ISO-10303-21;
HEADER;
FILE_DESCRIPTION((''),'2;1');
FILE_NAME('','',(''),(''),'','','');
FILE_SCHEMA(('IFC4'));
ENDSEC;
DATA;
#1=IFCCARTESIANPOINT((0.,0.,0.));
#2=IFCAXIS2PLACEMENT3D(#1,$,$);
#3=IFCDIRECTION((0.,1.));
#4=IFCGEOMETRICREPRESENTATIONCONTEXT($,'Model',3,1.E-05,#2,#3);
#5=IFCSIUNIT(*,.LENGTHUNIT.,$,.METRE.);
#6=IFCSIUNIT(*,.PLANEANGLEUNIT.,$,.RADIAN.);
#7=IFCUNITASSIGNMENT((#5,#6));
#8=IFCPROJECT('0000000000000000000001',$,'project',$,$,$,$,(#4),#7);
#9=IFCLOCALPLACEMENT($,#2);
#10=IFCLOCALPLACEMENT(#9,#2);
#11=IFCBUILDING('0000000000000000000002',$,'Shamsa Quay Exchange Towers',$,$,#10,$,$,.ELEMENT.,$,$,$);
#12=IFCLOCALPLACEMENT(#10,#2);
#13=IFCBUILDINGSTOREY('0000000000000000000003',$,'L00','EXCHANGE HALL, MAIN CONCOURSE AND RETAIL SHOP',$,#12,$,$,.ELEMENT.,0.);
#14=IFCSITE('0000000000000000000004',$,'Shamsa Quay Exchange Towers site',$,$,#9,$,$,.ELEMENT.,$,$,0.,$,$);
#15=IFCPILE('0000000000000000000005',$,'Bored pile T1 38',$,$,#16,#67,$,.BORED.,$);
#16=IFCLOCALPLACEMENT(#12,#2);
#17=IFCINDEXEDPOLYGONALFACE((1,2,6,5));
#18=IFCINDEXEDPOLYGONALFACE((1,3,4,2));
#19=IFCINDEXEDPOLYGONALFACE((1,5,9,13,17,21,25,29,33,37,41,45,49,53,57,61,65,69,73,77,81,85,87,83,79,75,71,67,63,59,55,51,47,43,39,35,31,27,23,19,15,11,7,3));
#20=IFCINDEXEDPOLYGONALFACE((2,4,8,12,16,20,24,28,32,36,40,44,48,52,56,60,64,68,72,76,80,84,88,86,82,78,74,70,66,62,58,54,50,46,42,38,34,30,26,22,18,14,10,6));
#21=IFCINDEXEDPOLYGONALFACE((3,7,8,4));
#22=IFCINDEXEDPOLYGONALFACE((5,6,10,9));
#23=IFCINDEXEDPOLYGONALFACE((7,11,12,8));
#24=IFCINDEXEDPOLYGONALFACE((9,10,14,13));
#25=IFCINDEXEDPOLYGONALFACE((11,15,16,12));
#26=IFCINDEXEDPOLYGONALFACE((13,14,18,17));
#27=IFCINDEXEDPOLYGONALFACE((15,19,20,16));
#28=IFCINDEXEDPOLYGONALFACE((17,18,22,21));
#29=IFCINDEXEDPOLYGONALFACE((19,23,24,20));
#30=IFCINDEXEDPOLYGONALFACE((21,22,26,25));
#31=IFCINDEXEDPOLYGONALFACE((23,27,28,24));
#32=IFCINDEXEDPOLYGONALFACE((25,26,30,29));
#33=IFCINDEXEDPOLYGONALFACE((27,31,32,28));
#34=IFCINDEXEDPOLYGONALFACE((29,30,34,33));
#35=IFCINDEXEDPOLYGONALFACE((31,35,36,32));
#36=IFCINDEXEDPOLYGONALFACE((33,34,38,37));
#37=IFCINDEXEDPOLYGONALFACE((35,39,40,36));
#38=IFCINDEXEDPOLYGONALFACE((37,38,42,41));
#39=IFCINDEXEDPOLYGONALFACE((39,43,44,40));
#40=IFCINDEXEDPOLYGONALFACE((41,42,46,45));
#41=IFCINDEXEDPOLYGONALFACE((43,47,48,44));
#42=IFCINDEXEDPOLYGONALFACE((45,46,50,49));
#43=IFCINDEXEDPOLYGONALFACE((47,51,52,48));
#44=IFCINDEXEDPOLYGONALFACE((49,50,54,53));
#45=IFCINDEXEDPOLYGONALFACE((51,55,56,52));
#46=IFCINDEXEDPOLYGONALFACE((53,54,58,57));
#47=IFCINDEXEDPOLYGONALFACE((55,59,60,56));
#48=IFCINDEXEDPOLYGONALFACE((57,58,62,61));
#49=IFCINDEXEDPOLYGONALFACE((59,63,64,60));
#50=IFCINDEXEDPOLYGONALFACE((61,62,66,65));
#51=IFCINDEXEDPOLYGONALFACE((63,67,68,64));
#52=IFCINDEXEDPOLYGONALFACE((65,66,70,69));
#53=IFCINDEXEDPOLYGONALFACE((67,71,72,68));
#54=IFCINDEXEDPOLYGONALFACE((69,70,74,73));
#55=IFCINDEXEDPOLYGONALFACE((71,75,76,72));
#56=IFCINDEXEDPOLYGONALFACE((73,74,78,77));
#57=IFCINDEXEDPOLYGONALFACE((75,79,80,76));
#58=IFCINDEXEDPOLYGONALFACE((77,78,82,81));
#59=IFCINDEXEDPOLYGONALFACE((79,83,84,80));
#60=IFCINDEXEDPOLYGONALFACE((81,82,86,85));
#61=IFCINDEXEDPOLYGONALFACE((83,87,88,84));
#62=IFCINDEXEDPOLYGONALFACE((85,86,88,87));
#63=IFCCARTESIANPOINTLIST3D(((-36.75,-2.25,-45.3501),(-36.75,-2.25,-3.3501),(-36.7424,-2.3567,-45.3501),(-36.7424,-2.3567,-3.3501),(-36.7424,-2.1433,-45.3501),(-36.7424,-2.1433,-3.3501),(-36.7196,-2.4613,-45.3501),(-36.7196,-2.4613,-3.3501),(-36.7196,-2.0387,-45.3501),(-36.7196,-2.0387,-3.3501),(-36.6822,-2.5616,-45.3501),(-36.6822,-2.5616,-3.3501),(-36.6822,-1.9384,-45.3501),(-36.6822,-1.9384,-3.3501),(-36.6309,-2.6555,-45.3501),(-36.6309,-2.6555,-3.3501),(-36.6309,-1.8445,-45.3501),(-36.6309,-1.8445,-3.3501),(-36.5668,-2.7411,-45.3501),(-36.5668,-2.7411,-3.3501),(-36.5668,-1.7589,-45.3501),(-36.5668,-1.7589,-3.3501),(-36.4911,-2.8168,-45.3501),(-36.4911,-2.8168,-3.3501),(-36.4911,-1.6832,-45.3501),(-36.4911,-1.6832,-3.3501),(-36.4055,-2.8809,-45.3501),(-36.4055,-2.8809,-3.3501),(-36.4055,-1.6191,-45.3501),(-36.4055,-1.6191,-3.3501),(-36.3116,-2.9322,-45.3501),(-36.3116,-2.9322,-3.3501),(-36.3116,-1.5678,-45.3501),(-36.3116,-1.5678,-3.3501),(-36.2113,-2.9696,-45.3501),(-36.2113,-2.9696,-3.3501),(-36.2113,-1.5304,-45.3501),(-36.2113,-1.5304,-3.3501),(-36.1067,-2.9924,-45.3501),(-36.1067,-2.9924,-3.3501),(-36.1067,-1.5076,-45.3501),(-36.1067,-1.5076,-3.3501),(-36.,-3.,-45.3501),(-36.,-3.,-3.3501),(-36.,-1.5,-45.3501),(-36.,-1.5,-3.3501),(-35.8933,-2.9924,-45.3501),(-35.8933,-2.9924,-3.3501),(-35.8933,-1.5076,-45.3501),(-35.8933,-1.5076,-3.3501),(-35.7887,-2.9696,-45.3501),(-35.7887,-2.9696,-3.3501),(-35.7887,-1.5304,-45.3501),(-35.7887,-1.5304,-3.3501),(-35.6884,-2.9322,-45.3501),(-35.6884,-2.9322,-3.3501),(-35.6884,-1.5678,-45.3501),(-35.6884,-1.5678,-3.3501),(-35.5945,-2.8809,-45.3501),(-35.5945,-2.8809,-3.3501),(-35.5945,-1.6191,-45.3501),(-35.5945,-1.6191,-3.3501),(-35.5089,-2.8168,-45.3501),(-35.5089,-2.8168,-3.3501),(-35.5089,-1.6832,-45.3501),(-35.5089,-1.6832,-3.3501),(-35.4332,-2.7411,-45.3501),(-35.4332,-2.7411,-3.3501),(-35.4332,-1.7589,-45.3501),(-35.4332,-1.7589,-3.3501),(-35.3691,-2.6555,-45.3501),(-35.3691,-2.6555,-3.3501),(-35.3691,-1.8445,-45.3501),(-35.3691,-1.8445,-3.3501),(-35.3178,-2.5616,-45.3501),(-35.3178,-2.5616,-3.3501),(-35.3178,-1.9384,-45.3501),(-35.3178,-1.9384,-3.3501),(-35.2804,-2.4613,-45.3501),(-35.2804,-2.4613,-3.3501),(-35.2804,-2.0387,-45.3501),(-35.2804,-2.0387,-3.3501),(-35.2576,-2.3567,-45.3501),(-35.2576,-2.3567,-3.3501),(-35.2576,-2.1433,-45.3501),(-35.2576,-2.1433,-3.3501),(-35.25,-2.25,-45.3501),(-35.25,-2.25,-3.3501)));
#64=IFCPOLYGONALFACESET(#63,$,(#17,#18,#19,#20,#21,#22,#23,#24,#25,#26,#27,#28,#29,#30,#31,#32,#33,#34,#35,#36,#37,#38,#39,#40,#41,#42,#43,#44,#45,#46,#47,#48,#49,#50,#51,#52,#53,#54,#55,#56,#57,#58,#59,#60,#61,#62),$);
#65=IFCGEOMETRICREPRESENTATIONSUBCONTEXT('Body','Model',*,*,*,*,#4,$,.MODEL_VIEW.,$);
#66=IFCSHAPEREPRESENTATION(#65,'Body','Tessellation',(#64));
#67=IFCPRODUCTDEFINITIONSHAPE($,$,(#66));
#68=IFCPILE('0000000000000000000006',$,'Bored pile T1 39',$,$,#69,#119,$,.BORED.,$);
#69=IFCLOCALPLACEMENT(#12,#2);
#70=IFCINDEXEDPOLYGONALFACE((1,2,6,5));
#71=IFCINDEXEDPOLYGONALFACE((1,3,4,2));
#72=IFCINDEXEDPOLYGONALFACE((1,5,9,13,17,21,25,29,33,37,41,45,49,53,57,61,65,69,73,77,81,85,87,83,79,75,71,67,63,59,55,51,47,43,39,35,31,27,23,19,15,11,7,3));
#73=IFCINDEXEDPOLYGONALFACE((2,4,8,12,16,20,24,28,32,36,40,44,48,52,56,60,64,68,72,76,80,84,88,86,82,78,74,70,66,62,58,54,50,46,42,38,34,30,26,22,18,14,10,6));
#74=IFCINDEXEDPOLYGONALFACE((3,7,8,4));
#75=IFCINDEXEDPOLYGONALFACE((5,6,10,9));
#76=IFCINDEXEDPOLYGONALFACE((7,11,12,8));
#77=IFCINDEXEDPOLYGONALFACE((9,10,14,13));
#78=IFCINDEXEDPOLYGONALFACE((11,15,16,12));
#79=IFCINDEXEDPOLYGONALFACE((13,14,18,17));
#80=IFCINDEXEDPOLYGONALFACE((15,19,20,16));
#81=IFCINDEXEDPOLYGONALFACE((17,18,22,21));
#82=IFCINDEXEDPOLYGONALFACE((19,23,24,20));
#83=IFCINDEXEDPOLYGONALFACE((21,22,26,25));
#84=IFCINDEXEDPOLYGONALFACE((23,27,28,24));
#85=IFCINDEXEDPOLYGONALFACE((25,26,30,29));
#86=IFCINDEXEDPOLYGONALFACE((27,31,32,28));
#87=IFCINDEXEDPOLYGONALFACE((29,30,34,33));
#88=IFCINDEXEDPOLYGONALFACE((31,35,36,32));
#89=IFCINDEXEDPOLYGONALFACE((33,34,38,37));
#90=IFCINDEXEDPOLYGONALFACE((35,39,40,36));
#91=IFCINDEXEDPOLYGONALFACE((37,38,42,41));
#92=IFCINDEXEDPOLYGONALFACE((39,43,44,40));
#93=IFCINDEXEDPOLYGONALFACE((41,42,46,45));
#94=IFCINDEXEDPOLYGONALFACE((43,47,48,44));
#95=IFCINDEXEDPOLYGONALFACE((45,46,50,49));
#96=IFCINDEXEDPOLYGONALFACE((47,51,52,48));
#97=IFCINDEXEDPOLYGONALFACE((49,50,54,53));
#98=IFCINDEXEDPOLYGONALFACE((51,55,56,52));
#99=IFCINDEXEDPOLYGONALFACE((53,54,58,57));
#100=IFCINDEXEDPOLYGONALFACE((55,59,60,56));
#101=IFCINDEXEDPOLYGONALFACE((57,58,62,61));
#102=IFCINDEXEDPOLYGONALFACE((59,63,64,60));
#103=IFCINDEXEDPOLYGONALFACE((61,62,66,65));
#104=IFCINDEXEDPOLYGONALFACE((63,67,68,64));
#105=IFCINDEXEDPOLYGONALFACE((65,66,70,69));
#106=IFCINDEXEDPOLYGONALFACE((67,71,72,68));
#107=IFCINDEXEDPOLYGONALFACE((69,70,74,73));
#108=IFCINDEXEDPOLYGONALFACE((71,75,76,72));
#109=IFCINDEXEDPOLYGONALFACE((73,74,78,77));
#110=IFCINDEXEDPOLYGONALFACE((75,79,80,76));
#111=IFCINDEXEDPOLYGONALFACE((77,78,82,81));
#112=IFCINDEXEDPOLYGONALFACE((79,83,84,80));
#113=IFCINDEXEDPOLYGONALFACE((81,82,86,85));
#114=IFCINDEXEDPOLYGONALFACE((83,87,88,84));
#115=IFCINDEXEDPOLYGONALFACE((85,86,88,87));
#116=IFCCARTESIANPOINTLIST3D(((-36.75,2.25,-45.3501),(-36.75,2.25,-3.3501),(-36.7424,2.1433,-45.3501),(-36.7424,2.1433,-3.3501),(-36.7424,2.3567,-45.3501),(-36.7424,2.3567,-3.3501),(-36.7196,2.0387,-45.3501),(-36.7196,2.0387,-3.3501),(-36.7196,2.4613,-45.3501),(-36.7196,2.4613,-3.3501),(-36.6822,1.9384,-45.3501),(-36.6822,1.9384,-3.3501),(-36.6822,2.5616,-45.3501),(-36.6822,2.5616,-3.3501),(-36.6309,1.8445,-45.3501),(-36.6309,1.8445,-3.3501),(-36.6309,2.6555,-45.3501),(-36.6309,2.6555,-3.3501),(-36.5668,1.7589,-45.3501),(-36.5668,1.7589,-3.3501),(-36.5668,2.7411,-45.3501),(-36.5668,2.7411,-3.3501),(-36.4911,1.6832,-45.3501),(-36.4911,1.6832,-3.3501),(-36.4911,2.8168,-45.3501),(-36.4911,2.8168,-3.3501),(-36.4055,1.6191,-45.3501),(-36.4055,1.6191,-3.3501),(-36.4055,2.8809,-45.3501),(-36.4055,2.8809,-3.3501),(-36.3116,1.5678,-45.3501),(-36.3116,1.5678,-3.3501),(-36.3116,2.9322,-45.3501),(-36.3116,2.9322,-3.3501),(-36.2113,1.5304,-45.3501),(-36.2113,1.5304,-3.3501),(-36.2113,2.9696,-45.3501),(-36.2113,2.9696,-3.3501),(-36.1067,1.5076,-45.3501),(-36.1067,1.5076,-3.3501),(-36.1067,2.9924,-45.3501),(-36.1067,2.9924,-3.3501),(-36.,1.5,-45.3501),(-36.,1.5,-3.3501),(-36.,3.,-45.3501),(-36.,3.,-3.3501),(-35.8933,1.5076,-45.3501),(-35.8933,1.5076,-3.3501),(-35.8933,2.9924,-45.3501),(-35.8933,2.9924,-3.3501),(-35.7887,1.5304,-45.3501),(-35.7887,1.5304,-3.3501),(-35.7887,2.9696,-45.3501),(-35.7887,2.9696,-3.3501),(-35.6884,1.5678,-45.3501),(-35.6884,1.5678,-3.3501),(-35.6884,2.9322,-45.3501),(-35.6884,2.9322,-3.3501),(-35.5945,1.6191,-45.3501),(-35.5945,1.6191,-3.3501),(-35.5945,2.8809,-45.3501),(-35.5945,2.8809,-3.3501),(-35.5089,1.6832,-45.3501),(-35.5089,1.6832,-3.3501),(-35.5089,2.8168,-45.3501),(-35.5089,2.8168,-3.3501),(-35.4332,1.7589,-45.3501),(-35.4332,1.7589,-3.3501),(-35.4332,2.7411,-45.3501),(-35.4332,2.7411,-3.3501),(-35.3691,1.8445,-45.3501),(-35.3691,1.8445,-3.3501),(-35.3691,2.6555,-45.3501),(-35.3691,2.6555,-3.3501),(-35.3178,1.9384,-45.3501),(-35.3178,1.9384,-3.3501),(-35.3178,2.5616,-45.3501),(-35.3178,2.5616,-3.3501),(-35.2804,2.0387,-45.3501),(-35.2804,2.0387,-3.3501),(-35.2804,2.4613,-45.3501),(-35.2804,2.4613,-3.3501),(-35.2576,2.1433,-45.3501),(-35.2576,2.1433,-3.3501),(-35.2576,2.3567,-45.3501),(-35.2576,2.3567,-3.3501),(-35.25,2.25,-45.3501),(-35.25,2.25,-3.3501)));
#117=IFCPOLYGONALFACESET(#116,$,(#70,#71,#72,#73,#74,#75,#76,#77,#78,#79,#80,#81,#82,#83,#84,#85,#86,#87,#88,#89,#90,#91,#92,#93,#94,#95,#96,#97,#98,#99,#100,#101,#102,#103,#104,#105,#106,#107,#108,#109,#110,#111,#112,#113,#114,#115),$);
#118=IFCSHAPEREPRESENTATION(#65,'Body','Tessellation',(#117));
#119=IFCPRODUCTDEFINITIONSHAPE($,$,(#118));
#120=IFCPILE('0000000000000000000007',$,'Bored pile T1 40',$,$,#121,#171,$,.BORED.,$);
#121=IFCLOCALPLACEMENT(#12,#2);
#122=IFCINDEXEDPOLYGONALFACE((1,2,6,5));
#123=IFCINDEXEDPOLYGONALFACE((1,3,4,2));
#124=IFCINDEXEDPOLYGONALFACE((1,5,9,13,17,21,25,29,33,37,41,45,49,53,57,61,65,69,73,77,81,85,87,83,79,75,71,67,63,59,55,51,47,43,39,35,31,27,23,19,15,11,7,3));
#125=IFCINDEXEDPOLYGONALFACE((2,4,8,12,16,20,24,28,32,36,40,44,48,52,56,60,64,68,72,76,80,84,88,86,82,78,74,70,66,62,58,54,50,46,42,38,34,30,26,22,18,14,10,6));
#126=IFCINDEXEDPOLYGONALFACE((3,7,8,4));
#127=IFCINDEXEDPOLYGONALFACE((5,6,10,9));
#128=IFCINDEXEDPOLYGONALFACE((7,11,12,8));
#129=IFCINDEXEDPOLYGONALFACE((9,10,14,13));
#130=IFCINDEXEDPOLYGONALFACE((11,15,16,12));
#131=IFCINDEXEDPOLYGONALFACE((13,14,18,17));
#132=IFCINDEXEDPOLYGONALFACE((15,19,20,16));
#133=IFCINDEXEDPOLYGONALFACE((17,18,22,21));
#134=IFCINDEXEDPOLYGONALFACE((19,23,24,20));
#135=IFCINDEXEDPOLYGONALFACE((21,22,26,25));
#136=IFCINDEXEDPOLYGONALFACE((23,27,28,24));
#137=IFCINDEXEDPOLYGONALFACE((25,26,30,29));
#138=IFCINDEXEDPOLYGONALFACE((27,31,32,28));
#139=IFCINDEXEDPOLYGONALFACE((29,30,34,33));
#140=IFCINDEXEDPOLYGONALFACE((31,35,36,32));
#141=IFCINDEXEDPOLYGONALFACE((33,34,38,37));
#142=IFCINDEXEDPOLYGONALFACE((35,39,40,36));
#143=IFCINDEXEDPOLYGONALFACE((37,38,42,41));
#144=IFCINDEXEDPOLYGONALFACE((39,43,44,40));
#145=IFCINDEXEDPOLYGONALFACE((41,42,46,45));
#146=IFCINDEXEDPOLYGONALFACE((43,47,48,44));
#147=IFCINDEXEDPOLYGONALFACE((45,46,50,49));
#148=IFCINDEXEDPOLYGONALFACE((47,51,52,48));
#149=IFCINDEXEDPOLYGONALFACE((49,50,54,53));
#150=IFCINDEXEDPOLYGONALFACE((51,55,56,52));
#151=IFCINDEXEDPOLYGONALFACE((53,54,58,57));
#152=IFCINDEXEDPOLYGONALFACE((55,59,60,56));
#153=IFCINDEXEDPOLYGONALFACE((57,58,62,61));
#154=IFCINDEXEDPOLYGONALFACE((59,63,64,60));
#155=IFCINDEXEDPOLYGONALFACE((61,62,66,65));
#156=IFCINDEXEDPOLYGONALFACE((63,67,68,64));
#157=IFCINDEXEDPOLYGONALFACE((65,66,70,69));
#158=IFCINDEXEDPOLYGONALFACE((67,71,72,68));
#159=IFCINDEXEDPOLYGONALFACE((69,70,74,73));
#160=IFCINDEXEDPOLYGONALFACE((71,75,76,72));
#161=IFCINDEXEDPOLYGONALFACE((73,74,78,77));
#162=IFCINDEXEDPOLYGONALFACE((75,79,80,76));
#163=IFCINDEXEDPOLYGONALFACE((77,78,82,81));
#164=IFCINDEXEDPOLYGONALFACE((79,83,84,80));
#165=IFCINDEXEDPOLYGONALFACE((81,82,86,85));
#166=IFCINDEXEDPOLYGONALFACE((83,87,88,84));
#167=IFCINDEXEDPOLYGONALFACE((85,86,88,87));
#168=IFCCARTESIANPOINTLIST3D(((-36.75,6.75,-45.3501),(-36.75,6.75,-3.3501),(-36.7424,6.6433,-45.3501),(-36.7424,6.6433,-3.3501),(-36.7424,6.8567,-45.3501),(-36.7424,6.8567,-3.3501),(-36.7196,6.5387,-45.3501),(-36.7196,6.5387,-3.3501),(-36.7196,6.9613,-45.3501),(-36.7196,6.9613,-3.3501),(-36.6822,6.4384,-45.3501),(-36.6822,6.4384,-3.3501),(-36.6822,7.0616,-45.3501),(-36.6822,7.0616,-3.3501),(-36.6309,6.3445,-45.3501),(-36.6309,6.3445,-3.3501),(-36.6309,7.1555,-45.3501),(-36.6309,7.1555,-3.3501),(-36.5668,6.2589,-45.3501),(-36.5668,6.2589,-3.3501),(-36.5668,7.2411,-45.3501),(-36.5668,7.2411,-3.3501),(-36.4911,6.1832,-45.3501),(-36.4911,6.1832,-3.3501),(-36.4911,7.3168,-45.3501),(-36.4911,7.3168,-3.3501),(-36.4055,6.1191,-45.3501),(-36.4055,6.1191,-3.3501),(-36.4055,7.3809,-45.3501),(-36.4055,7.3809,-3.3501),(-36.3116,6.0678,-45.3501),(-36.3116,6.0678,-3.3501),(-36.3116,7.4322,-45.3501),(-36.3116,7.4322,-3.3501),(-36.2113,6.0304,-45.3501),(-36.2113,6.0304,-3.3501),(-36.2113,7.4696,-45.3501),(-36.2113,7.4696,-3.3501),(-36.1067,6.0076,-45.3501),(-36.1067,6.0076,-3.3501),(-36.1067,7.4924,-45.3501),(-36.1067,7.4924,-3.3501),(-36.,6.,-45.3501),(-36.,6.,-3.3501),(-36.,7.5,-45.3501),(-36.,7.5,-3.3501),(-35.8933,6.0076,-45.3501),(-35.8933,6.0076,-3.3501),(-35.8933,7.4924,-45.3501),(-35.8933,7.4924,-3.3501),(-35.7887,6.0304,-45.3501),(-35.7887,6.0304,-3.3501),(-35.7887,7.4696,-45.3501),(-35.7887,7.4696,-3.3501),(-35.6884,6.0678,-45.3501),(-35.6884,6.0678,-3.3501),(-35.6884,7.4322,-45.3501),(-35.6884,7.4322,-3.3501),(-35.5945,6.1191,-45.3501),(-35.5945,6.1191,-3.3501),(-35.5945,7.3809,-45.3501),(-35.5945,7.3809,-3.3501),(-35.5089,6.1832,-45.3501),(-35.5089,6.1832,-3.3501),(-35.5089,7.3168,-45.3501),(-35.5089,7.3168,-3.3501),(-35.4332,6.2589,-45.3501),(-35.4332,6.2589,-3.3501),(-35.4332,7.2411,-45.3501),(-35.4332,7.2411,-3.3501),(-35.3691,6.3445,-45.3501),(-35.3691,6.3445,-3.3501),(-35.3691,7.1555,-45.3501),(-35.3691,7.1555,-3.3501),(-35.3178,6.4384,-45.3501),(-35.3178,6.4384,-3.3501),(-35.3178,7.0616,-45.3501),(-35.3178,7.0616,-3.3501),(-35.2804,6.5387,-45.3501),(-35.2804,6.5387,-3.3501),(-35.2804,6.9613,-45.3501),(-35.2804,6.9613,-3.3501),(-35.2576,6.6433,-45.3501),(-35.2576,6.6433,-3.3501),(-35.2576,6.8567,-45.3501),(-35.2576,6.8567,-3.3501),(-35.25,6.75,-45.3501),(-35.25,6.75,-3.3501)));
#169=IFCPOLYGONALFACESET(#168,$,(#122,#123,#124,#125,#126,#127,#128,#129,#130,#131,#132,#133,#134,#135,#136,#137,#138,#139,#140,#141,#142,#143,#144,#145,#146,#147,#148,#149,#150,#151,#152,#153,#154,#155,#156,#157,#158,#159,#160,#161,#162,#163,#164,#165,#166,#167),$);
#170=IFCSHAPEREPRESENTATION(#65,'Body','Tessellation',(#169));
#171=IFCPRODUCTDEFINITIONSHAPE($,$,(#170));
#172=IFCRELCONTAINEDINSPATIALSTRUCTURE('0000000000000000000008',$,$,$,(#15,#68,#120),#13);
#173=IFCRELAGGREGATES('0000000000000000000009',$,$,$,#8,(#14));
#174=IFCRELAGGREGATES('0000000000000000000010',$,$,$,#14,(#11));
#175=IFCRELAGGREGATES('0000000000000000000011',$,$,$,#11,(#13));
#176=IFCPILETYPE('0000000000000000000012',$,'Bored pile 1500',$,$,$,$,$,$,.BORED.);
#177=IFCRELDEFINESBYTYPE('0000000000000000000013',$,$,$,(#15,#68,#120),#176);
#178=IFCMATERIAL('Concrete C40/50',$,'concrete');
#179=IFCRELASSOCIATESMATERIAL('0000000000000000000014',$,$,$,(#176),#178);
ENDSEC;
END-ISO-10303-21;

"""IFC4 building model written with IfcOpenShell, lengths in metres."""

from ifc_helpers import new_model, si_unit, direction, frame, origin, origin_2d, place, context, subcontext, project, spatial, circle, extrude, material, material_profile, profile_set, type_object, element, save


model = new_model("IFC4")

# Units and contexts
model_context = context("Model", 3, precision=1e-05, world=origin(), true_north=direction((0.0, 1.0)))
body_context = subcontext(model_context, "Body", "Model", "MODEL_VIEW")
ifc_project = project(units=[si_unit("LENGTHUNIT", "METRE"), si_unit("PLANEANGLEUNIT", "RADIAN")], contexts=[model_context])

# Site, building, storey
site_placement = place(None, origin())
site = spatial("IfcSite", under=ifc_project, at=site_placement, Name="Shamsa Quay Exchange Towers site", CompositionType="ELEMENT", RefElevation=0.0)
building_placement = place(site_placement, origin())
building = spatial("IfcBuilding", under=site, at=building_placement, Name="Shamsa Quay Exchange Towers", CompositionType="ELEMENT")
storey_placement = place(building_placement, origin())
storey = spatial("IfcBuildingStorey", under=building, at=storey_placement, Name="L00", Description="EXCHANGE HALL, MAIN CONCOURSE AND RETAIL SHOP", CompositionType="ELEMENT", Elevation=0.0)

# Piles
ifc_material_1 = material(Name="Concrete C40/50", Category="concrete")
ifc_material_profile_1 = material_profile(ifc_material_1, circle(Radius=0.75, at=origin_2d()), Name="BP1500")
ifc_profile_set_1 = profile_set([ifc_material_profile_1], Name="Concrete C40/50")
pile_type_1 = type_object("IfcPileType", Name="Bored pile 1500", PredefinedType="BORED", material=ifc_profile_set_1)
for number, where, z_axis, x_axis, name in (
    (1, (-36.0, -2.25, -3.3501), (0.0, 0.0, -1.0), (1.0, 0.0, 0.0), "Bored pile T1 38"),
    (2, (-36.0, 2.25, -3.3501), (0.0, 0.0, -1.0), (1.0, 0.0, 0.0), "Bored pile T1 39"),
    (3, (-36.0, 6.75, -3.3501), (0.0, 0.0, -1.0), (1.0, 0.0, 0.0), "Bored pile T1 40"),
):
    element("IfcPile", number, at=place(storey_placement, frame(where, z_axis=z_axis, x_axis=x_axis)), inside=storey, type_object=pile_type_1, Name=name, PredefinedType="BORED", context=body_context, shape_type="SweptSolid", body=[
        extrude(circle(Radius=0.75, at=origin_2d()), origin(), (0.0, 0.0, 1.0), 42.0),
    ])

save(model, "model.ifc")
